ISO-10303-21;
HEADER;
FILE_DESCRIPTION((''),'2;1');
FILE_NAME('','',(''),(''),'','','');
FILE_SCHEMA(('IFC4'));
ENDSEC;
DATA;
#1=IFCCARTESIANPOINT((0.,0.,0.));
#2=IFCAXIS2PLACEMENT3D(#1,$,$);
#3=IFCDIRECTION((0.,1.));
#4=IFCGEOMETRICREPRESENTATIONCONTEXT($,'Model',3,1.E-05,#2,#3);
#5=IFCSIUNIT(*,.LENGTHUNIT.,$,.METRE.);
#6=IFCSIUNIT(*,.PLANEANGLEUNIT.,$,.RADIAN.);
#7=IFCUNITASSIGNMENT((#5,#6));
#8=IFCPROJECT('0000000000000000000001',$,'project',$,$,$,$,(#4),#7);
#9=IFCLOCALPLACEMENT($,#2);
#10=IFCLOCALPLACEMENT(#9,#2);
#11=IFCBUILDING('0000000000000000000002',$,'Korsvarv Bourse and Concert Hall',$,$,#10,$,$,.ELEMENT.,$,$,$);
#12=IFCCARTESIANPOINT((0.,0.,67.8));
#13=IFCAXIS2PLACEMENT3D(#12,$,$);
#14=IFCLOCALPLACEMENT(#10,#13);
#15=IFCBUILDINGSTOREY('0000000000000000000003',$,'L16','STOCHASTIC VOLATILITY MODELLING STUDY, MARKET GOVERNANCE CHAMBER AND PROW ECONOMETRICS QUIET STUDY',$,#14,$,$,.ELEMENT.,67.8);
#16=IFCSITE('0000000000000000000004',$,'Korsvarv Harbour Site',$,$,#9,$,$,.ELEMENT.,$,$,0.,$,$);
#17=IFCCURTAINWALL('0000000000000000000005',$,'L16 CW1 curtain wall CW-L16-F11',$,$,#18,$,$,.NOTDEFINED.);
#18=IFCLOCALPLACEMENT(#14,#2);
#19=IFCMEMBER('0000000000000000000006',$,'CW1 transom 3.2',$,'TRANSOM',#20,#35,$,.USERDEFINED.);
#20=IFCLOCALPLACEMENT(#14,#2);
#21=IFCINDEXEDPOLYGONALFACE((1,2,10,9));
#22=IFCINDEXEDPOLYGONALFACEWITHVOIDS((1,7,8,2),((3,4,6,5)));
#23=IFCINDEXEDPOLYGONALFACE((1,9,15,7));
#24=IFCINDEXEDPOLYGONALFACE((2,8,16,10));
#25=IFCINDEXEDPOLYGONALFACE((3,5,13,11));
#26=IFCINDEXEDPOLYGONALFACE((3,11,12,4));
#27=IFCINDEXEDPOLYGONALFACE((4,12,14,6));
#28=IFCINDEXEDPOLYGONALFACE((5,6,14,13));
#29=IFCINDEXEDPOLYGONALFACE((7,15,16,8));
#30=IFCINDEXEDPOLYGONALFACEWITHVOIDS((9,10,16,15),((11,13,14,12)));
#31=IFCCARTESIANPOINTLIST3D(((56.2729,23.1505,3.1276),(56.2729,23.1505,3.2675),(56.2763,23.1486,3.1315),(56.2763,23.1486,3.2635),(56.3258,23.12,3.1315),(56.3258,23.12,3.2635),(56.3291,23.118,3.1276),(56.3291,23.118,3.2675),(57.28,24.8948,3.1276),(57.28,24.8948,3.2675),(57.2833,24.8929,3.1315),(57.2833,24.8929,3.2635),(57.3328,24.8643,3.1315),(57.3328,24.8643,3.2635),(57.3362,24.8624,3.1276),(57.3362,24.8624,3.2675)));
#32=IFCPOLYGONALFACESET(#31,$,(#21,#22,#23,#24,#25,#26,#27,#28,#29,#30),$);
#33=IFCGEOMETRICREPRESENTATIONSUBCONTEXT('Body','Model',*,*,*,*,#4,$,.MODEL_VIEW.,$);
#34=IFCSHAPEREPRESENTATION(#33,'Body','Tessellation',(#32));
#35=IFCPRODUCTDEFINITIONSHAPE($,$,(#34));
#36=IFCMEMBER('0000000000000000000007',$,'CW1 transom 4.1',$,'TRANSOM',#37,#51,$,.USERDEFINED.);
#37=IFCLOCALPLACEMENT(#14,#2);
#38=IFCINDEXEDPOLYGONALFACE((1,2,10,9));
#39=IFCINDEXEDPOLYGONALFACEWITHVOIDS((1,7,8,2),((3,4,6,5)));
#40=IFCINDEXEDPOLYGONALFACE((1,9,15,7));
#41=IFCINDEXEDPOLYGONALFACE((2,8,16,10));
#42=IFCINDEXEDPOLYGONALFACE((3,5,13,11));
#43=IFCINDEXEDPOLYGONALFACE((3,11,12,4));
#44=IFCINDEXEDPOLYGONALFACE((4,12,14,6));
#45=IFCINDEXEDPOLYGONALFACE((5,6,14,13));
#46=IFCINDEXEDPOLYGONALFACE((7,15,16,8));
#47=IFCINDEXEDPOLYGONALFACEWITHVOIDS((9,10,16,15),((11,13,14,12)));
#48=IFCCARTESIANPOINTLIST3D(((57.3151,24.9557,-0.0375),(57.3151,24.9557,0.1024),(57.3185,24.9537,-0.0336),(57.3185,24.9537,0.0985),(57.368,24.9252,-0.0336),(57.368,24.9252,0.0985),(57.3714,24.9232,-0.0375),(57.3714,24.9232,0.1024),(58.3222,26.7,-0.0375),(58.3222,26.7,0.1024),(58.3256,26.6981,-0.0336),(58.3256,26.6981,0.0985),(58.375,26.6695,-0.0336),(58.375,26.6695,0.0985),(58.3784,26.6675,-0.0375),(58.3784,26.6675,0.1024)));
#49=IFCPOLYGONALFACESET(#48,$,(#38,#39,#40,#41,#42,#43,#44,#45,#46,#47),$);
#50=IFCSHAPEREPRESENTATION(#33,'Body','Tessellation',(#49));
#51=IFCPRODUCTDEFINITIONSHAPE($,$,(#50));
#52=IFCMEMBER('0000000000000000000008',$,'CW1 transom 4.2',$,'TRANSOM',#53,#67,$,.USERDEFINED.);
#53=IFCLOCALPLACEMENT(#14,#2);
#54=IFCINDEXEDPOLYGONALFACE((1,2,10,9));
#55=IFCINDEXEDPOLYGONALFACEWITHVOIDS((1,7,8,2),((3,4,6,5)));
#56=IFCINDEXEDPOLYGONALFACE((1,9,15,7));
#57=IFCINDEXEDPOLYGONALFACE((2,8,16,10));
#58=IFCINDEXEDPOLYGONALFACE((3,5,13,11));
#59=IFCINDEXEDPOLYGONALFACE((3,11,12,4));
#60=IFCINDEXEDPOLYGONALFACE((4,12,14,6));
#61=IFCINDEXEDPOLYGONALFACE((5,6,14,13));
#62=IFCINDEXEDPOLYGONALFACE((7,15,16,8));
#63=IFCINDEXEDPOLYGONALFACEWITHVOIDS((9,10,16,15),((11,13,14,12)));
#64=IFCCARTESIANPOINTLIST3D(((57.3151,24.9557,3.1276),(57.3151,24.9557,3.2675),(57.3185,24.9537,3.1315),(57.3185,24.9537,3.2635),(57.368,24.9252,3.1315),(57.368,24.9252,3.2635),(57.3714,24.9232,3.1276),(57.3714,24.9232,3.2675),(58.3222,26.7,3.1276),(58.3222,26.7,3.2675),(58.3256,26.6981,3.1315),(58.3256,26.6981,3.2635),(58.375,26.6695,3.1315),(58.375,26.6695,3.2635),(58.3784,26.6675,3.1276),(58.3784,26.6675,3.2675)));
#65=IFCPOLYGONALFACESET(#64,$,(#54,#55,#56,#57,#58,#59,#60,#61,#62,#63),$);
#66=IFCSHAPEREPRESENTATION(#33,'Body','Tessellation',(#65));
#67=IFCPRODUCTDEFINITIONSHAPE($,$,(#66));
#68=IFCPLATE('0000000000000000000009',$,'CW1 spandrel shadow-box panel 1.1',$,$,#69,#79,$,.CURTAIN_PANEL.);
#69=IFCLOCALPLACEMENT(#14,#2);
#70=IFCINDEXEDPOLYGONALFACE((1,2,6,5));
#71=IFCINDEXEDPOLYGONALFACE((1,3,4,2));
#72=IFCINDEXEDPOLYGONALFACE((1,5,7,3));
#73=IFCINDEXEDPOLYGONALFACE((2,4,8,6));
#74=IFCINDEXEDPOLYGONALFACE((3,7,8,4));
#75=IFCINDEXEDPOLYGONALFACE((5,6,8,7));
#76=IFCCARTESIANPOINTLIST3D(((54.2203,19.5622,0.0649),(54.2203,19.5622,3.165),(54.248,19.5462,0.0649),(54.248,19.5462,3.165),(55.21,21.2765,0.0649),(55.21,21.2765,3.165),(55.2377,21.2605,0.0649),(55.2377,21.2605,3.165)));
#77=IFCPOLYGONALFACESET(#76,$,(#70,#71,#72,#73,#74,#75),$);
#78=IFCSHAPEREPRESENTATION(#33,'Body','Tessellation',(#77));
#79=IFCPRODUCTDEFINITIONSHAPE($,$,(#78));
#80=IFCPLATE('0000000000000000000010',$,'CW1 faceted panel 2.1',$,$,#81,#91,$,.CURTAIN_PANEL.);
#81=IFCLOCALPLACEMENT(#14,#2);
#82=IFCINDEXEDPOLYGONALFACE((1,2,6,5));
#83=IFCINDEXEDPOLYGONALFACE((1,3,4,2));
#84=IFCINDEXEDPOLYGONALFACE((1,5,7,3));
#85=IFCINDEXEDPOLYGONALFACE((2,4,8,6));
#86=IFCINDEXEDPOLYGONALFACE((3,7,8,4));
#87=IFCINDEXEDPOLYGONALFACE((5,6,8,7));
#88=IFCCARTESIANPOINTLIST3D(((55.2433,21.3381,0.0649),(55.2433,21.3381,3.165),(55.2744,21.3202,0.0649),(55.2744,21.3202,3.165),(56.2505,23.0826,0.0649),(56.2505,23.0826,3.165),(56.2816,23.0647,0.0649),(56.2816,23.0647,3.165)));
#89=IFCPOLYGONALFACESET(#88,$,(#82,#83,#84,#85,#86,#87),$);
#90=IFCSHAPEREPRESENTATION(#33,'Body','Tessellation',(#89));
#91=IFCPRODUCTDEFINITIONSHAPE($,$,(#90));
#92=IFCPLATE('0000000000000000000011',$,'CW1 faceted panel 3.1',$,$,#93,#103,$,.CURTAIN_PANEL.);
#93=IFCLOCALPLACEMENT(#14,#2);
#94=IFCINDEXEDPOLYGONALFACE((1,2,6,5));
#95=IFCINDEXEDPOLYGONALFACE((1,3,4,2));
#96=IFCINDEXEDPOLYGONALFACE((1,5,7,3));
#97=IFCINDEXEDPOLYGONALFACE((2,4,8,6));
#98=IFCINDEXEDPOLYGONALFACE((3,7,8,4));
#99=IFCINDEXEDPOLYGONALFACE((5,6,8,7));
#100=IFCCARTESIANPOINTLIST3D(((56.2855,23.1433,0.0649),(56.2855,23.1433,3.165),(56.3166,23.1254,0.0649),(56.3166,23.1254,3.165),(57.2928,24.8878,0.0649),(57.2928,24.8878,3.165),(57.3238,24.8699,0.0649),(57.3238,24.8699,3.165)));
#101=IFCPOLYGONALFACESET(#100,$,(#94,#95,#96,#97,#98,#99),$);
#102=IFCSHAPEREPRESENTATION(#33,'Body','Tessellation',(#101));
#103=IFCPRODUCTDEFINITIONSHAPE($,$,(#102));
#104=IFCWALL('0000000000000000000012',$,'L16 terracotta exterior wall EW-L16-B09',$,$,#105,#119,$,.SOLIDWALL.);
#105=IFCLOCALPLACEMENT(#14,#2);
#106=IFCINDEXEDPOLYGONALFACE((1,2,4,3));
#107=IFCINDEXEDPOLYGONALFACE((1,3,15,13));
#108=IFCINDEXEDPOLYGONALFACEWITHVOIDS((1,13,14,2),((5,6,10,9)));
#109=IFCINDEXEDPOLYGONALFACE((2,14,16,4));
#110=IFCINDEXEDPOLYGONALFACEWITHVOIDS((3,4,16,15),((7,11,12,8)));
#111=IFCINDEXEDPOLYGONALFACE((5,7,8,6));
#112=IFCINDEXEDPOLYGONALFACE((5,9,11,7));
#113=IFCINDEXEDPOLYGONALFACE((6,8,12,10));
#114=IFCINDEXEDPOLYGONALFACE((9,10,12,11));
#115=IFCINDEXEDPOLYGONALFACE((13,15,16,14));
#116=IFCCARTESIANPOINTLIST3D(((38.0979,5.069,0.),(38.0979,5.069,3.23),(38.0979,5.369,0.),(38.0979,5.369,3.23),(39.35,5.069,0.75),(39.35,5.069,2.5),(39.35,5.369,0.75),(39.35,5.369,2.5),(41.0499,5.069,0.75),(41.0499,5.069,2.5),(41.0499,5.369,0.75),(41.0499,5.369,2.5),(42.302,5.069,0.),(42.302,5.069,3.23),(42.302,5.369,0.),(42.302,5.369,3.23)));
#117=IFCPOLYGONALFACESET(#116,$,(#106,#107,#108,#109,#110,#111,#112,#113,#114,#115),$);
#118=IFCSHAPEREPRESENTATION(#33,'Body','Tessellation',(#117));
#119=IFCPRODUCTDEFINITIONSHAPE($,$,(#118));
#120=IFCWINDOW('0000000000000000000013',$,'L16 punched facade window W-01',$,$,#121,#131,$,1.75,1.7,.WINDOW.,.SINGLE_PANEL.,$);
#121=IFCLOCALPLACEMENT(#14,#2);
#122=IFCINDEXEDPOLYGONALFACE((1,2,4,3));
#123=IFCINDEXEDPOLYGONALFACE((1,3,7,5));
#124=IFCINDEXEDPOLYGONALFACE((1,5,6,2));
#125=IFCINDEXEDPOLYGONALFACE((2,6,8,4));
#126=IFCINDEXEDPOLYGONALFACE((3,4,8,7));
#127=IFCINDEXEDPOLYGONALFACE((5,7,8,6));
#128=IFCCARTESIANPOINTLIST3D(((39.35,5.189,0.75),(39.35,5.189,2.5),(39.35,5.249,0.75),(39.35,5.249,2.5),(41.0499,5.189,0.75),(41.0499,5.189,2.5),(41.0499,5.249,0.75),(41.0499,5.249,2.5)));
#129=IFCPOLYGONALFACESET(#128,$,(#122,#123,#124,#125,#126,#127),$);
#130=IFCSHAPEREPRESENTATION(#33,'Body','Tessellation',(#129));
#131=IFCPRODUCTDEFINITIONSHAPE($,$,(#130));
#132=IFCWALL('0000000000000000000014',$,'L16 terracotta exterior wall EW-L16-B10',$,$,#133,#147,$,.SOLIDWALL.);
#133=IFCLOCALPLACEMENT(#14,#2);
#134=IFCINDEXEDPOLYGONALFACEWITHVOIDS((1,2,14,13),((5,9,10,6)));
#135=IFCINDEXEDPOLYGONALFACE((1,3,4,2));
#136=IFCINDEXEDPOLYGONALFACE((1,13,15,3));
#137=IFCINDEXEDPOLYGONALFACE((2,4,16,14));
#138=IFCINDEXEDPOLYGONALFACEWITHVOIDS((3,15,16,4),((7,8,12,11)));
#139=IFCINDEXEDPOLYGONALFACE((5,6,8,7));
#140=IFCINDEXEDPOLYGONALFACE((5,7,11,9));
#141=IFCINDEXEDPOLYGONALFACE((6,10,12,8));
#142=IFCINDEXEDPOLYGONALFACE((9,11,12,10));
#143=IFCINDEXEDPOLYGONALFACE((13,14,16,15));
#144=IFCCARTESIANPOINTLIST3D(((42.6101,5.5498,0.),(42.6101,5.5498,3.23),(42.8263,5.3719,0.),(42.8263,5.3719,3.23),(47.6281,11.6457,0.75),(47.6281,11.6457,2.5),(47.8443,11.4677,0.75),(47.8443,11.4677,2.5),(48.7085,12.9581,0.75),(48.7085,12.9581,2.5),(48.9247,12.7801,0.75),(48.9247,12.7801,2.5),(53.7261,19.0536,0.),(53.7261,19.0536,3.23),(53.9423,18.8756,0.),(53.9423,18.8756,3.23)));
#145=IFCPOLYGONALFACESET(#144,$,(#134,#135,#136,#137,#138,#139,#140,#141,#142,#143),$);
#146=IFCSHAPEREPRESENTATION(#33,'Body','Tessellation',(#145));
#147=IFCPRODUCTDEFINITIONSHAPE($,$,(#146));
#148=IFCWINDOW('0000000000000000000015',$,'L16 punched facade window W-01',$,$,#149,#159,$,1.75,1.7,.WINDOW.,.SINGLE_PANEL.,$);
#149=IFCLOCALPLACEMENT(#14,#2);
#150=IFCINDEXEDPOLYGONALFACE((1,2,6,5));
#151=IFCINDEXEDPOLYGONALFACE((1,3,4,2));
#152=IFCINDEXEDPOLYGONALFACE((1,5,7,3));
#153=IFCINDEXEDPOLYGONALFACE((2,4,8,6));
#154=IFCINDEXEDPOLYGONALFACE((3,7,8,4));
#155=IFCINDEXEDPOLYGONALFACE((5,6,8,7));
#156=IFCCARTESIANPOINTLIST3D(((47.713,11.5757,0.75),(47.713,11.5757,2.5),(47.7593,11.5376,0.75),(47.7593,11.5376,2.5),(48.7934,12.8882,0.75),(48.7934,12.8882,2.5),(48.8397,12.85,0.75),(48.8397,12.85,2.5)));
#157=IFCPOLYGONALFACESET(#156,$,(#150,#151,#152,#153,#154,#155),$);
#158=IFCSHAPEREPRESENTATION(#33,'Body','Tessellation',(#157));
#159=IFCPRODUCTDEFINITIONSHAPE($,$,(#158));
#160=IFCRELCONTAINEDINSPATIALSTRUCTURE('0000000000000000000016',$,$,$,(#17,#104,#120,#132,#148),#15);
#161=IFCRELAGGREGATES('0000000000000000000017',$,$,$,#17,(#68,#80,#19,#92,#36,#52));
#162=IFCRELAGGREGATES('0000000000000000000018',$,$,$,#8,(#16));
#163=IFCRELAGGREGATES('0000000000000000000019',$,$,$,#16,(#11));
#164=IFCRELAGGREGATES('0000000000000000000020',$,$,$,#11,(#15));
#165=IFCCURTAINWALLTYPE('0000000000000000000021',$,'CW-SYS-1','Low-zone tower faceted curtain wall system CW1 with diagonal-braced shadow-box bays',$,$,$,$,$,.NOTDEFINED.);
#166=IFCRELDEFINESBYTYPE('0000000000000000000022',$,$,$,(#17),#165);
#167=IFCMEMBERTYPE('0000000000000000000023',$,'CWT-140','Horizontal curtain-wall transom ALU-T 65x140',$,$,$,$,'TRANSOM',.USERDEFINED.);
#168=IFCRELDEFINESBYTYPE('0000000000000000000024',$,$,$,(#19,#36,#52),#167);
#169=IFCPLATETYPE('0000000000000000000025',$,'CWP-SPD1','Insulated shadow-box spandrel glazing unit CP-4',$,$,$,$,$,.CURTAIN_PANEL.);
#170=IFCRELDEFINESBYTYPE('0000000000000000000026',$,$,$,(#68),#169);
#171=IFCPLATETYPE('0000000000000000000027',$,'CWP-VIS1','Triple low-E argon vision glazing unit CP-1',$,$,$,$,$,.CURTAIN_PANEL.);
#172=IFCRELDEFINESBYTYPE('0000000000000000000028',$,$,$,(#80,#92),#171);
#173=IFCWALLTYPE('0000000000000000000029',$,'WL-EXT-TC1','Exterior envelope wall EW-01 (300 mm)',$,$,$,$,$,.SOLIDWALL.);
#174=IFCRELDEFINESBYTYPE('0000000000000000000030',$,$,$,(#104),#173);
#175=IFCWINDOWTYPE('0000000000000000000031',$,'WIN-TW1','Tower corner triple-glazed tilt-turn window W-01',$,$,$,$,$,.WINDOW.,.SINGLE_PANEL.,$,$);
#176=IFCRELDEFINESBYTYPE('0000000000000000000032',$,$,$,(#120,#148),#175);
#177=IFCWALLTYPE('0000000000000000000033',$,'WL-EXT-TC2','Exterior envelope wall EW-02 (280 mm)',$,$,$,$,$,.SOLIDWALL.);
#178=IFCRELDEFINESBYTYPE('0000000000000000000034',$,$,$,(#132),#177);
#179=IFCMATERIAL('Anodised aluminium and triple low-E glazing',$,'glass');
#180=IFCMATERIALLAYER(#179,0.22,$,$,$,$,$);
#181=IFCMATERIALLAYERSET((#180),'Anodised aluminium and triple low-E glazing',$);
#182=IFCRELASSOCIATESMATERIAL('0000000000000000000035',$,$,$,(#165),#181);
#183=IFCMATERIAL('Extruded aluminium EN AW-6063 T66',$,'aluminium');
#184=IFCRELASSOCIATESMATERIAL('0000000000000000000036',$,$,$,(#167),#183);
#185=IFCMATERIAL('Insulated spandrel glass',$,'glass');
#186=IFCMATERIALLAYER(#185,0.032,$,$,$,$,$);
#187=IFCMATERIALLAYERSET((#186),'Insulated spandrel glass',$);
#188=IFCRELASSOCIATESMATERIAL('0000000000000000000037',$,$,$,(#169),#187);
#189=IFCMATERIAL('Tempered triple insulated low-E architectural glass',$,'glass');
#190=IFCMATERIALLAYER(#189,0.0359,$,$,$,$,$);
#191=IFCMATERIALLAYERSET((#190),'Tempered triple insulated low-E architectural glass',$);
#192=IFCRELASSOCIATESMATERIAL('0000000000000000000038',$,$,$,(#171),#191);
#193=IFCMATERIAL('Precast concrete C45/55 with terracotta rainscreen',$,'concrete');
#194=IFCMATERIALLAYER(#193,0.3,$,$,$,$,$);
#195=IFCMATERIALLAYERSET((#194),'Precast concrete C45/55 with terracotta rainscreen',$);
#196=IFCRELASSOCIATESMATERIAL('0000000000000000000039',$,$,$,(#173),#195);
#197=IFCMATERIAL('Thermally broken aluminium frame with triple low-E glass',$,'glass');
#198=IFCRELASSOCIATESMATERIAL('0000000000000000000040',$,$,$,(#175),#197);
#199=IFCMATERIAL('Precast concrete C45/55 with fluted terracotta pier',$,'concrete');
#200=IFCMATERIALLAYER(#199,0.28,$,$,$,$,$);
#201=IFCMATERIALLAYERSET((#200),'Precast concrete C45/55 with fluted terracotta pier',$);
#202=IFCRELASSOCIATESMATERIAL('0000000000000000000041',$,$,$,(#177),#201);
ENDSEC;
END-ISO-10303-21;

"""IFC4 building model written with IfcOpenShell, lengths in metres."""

from ifc_helpers import new_model, si_unit, direction, frame, frame_2d, origin, origin_2d, place, context, subcontext, project, spatial, rectangle, hollow_rectangle, extrude, source, transform, mapped, material, layer, layer_set, material_profile, profile_set, type_object, element, fill, aggregate, save


model = new_model("IFC4")

# Units and contexts
model_context = context("Model", 3, precision=1e-05, world=origin(), true_north=direction((0.0, 1.0)))
body_context = subcontext(model_context, "Body", "Model", "MODEL_VIEW")
ifc_project = project(units=[si_unit("LENGTHUNIT", "METRE"), si_unit("PLANEANGLEUNIT", "RADIAN")], contexts=[model_context])

# Site, building, storey
site_placement = place(None, origin())
site = spatial("IfcSite", under=ifc_project, at=site_placement, Name="Korsvarv Harbour Site", CompositionType="ELEMENT", RefElevation=0.0)
building_placement = place(site_placement, origin())
building = spatial("IfcBuilding", under=site, at=building_placement, Name="Korsvarv Bourse and Concert Hall", CompositionType="ELEMENT")
storey_placement = place(building_placement, frame((0.0, 0.0, 67.8)))
storey = spatial("IfcBuildingStorey", under=building, at=storey_placement, Name="L16", Description="STOCHASTIC VOLATILITY MODELLING STUDY, MARKET GOVERNANCE CHAMBER AND PROW ECONOMETRICS QUIET STUDY", CompositionType="ELEMENT", Elevation=67.8)

# Curtain wall, members, plates
ifc_material_1 = material(Name="Anodised aluminium and triple low-E glazing", Category="glass")
ifc_layer_1 = layer(ifc_material_1, 0.22)
ifc_layer_set_1 = layer_set([ifc_layer_1], Name="Anodised aluminium and triple low-E glazing")
curtain_wall_type = type_object("IfcCurtainWallType", Name="CW-SYS-1", Description="Low-zone tower faceted curtain wall system CW1 with diagonal-braced shadow-box bays", PredefinedType="NOTDEFINED", material=ifc_layer_set_1)
curtain_wall_placement = place(storey_placement, origin())
curtain_wall = element("IfcCurtainWall", 1, at=curtain_wall_placement, inside=storey, type_object=curtain_wall_type, Name="L16 CW1 curtain wall CW-L16-F11", PredefinedType="NOTDEFINED")
ifc_material_2 = material(Name="Extruded aluminium EN AW-6063 T66", Category="aluminium")
ifc_material_profile_1 = material_profile(ifc_material_2, hollow_rectangle(XDim=0.0649, YDim=0.1399, WallThickness=0.0039, at=origin_2d()), Name="ALU-T 65x140")
ifc_profile_set_1 = profile_set([ifc_material_profile_1], Name="Extruded aluminium EN AW-6063 T66")
member_type_1 = type_object("IfcMemberType", Name="CWT-140", Description="Horizontal curtain-wall transom ALU-T 65x140", ElementType="TRANSOM", PredefinedType="USERDEFINED", material=ifc_profile_set_1)
shared_shape_1 = source(origin(), body_context, "Body", "SweptSolid", [
    extrude(hollow_rectangle(XDim=0.0649, YDim=0.1399, WallThickness=0.0039, at=origin_2d()), origin(), (0.0, 0.0, 1.0), 2.0142),
])
member_1_placement = place(storey_placement, frame((56.301, 23.1343, 3.1975), z_axis=(0.499985, 0.866034, 0.0), x_axis=(-0.866034, 0.499985, 0.0)))
member_1 = element("IfcMember", 2, at=member_1_placement, type_object=member_type_1, Name="CW1 transom 3.2", ObjectType="TRANSOM", PredefinedType="USERDEFINED", context=body_context, shape_type="MappedRepresentation", body=[
    mapped(shared_shape_1, transform((0.0, 0.0, 0.0), scale=1.0)),
])
member_2_placement = place(storey_placement, frame((57.3433, 24.9395, 0.0325), z_axis=(0.499985, 0.866034, 0.0), x_axis=(-0.866034, 0.499985, 0.0)))
member_2 = element("IfcMember", 3, at=member_2_placement, type_object=member_type_1, Name="CW1 transom 4.1", ObjectType="TRANSOM", PredefinedType="USERDEFINED", context=body_context, shape_type="MappedRepresentation", body=[
    mapped(shared_shape_1, transform((0.0, 0.0, 0.0), scale=1.0)),
])
member_3_placement = place(storey_placement, frame((57.3433, 24.9395, 3.1975), z_axis=(0.499985, 0.866034, 0.0), x_axis=(-0.866034, 0.499985, 0.0)))
member_3 = element("IfcMember", 4, at=member_3_placement, type_object=member_type_1, Name="CW1 transom 4.2", ObjectType="TRANSOM", PredefinedType="USERDEFINED", context=body_context, shape_type="MappedRepresentation", body=[
    mapped(shared_shape_1, transform((0.0, 0.0, 0.0), scale=1.0)),
])
ifc_material_3 = material(Name="Insulated spandrel glass", Category="glass")
ifc_layer_2 = layer(ifc_material_3, 0.032)
ifc_layer_set_2 = layer_set([ifc_layer_2], Name="Insulated spandrel glass")
plate_type_1 = type_object("IfcPlateType", Name="CWP-SPD1", Description="Insulated shadow-box spandrel glazing unit CP-4", PredefinedType="CURTAIN_PANEL", material=ifc_layer_set_2)
shared_shape_2 = source(origin(), body_context, "Body", "SweptSolid", [
    extrude(rectangle(XDim=1.9795, YDim=0.032, at=origin_2d()), origin(), (0.0, 0.0, 1.0), 3.1001),
])
plate_1_placement = place(storey_placement, frame((54.729, 20.4114, 0.0649), z_axis=(0.0, 0.0, 1.0), x_axis=(0.500006, 0.866022, 0.0)))
plate_1 = element("IfcPlate", 5, at=plate_1_placement, type_object=plate_type_1, Name="CW1 spandrel shadow-box panel 1.1", PredefinedType="CURTAIN_PANEL", context=body_context, shape_type="MappedRepresentation", body=[
    mapped(shared_shape_2, transform((0.0, 0.0, 0.0), scale=1.0)),
])
ifc_material_4 = material(Name="Tempered triple insulated low-E architectural glass", Category="glass")
ifc_layer_3 = layer(ifc_material_4, 0.0359)
ifc_layer_set_3 = layer_set([ifc_layer_3], Name="Tempered triple insulated low-E architectural glass")
plate_type_2 = type_object("IfcPlateType", Name="CWP-VIS1", Description="Triple low-E argon vision glazing unit CP-1", PredefinedType="CURTAIN_PANEL", material=ifc_layer_set_3)
shared_shape_3 = source(origin(), body_context, "Body", "SweptSolid", [
    extrude(rectangle(XDim=2.0144, YDim=0.0359, at=origin_2d()), origin(), (0.0, 0.0, 1.0), 3.1001),
])
plate_2_placement = place(storey_placement, frame((55.7625, 22.2014, 0.0649), z_axis=(0.0, 0.0, 1.0), x_axis=(0.500006, 0.866022, 0.0)))
plate_2 = element("IfcPlate", 6, at=plate_2_placement, type_object=plate_type_2, Name="CW1 faceted panel 2.1", PredefinedType="CURTAIN_PANEL", context=body_context, shape_type="MappedRepresentation", body=[
    mapped(shared_shape_3, transform((0.0, 0.0, 0.0), scale=1.0)),
])
plate_3_placement = place(storey_placement, frame((56.8047, 24.0066, 0.0649), z_axis=(0.0, 0.0, 1.0), x_axis=(0.500006, 0.866022, 0.0)))
plate_3 = element("IfcPlate", 7, at=plate_3_placement, type_object=plate_type_2, Name="CW1 faceted panel 3.1", PredefinedType="CURTAIN_PANEL", context=body_context, shape_type="MappedRepresentation", body=[
    mapped(shared_shape_3, transform((0.0, 0.0, 0.0), scale=1.0)),
])
aggregate(curtain_wall, [plate_1, plate_2, member_1, plate_3, member_2, member_3])

# Walls, openings, windows
ifc_material_5 = material(Name="Precast concrete C45/55 with terracotta rainscreen", Category="concrete")
ifc_layer_4 = layer(ifc_material_5, 0.3)
ifc_layer_set_4 = layer_set([ifc_layer_4], Name="Precast concrete C45/55 with terracotta rainscreen")
wall_type_1 = type_object("IfcWallType", Name="WL-EXT-TC1", Description="Exterior envelope wall EW-01 (300 mm)", PredefinedType="SOLIDWALL", material=ifc_layer_set_4)
wall_1_placement = place(storey_placement, frame((38.0979, 5.219, 0.0), z_axis=(0.0, 0.0, 1.0), x_axis=(1.0, 0.0, 0.0)))
wall_1 = element("IfcWall", 8, at=wall_1_placement, inside=storey, type_object=wall_type_1, Name="L16 terracotta exterior wall EW-L16-B09", PredefinedType="SOLIDWALL", context=body_context, shape_type="SweptSolid", body=[
    extrude(rectangle(XDim=4.2041, YDim=0.3, at=frame_2d((2.1021, 0.0))), origin(), (0.0, 0.0, 1.0), 3.23),
])
opening_1_placement = place(wall_1_placement, frame((1.252, 0.0, 0.75)))
opening_1 = element("IfcOpeningElement", 9, at=opening_1_placement, cuts=wall_1, PredefinedType="OPENING", context=body_context, shape_type="SweptSolid", body=[
    extrude(rectangle(XDim=1.7, YDim=1.75, at=frame_2d((0.8501, 0.875))), frame((0.0, 0.1602, 0.0), z_axis=(0.0, -1.0, 0.0), x_axis=(1.0, 0.0, 0.0)), (0.0, 0.0, 1.0), 0.3201),
])
ifc_material_6 = material(Name="Thermally broken aluminium frame with triple low-E glass", Category="glass")
window_type = type_object("IfcWindowType", Name="WIN-TW1", Description="Tower corner triple-glazed tilt-turn window W-01", PartitioningType="SINGLE_PANEL", PredefinedType="WINDOW", material=ifc_material_6)
window_1_placement = place(opening_1_placement, origin())
window_1 = element("IfcWindow", 10, at=window_1_placement, inside=storey, type_object=window_type, Name="L16 punched facade window W-01", OverallHeight=1.75, OverallWidth=1.7, PartitioningType="SINGLE_PANEL", PredefinedType="WINDOW", context=body_context, shape_type="SweptSolid", body=[
    extrude(rectangle(XDim=1.7, YDim=1.75, at=frame_2d((0.8501, 0.875))), frame((0.0, 0.03, 0.0), z_axis=(0.0, -1.0, 0.0), x_axis=(1.0, 0.0, 0.0)), (0.0, 0.0, 1.0), 0.0601),
])
fill(opening_1, window_1)
ifc_material_7 = material(Name="Precast concrete C45/55 with fluted terracotta pier", Category="concrete")
ifc_layer_5 = layer(ifc_material_7, 0.28)
ifc_layer_set_5 = layer_set([ifc_layer_5], Name="Precast concrete C45/55 with fluted terracotta pier")
wall_type_2 = type_object("IfcWallType", Name="WL-EXT-TC2", Description="Exterior envelope wall EW-02 (280 mm)", PredefinedType="SOLIDWALL", material=ifc_layer_set_5)
wall_2_placement = place(storey_placement, frame((42.7183, 5.4609, 0.0), z_axis=(0.0, 0.0, 1.0), x_axis=(0.635547, 0.772062, 0.0)))
wall_2 = element("IfcWall", 11, at=wall_2_placement, inside=storey, type_object=wall_type_2, Name="L16 terracotta exterior wall EW-L16-B10", PredefinedType="SOLIDWALL", context=body_context, shape_type="SweptSolid", body=[
    extrude(rectangle(XDim=17.4905, YDim=0.28, at=frame_2d((8.7451, 0.0))), origin(), (0.0, 0.0, 1.0), 3.23),
])
opening_2_placement = place(wall_2_placement, frame((7.8953, 0.0, 0.75)))
opening_2 = element("IfcOpeningElement", 12, at=opening_2_placement, cuts=wall_2, PredefinedType="OPENING", context=body_context, shape_type="SweptSolid", body=[
    extrude(rectangle(XDim=1.7, YDim=1.75, at=frame_2d((0.8501, 0.875))), frame((0.0, 0.1499, 0.0), z_axis=(0.0, -1.0, 0.0), x_axis=(1.0, 0.0, 0.0)), (0.0, 0.0, 1.0), 0.3),
])
window_2_placement = place(opening_2_placement, origin())
window_2 = element("IfcWindow", 13, at=window_2_placement, inside=storey, type_object=window_type, Name="L16 punched facade window W-01", OverallHeight=1.75, OverallWidth=1.7, PartitioningType="SINGLE_PANEL", PredefinedType="WINDOW", context=body_context, shape_type="SweptSolid", body=[
    extrude(rectangle(XDim=1.7, YDim=1.75, at=frame_2d((0.8501, 0.875))), frame((0.0, 0.03, 0.0), z_axis=(0.0, -1.0, 0.0), x_axis=(1.0, 0.0, 0.0)), (0.0, 0.0, 1.0), 0.0601),
])
fill(opening_2, window_2)

save(model, "model.ifc")
